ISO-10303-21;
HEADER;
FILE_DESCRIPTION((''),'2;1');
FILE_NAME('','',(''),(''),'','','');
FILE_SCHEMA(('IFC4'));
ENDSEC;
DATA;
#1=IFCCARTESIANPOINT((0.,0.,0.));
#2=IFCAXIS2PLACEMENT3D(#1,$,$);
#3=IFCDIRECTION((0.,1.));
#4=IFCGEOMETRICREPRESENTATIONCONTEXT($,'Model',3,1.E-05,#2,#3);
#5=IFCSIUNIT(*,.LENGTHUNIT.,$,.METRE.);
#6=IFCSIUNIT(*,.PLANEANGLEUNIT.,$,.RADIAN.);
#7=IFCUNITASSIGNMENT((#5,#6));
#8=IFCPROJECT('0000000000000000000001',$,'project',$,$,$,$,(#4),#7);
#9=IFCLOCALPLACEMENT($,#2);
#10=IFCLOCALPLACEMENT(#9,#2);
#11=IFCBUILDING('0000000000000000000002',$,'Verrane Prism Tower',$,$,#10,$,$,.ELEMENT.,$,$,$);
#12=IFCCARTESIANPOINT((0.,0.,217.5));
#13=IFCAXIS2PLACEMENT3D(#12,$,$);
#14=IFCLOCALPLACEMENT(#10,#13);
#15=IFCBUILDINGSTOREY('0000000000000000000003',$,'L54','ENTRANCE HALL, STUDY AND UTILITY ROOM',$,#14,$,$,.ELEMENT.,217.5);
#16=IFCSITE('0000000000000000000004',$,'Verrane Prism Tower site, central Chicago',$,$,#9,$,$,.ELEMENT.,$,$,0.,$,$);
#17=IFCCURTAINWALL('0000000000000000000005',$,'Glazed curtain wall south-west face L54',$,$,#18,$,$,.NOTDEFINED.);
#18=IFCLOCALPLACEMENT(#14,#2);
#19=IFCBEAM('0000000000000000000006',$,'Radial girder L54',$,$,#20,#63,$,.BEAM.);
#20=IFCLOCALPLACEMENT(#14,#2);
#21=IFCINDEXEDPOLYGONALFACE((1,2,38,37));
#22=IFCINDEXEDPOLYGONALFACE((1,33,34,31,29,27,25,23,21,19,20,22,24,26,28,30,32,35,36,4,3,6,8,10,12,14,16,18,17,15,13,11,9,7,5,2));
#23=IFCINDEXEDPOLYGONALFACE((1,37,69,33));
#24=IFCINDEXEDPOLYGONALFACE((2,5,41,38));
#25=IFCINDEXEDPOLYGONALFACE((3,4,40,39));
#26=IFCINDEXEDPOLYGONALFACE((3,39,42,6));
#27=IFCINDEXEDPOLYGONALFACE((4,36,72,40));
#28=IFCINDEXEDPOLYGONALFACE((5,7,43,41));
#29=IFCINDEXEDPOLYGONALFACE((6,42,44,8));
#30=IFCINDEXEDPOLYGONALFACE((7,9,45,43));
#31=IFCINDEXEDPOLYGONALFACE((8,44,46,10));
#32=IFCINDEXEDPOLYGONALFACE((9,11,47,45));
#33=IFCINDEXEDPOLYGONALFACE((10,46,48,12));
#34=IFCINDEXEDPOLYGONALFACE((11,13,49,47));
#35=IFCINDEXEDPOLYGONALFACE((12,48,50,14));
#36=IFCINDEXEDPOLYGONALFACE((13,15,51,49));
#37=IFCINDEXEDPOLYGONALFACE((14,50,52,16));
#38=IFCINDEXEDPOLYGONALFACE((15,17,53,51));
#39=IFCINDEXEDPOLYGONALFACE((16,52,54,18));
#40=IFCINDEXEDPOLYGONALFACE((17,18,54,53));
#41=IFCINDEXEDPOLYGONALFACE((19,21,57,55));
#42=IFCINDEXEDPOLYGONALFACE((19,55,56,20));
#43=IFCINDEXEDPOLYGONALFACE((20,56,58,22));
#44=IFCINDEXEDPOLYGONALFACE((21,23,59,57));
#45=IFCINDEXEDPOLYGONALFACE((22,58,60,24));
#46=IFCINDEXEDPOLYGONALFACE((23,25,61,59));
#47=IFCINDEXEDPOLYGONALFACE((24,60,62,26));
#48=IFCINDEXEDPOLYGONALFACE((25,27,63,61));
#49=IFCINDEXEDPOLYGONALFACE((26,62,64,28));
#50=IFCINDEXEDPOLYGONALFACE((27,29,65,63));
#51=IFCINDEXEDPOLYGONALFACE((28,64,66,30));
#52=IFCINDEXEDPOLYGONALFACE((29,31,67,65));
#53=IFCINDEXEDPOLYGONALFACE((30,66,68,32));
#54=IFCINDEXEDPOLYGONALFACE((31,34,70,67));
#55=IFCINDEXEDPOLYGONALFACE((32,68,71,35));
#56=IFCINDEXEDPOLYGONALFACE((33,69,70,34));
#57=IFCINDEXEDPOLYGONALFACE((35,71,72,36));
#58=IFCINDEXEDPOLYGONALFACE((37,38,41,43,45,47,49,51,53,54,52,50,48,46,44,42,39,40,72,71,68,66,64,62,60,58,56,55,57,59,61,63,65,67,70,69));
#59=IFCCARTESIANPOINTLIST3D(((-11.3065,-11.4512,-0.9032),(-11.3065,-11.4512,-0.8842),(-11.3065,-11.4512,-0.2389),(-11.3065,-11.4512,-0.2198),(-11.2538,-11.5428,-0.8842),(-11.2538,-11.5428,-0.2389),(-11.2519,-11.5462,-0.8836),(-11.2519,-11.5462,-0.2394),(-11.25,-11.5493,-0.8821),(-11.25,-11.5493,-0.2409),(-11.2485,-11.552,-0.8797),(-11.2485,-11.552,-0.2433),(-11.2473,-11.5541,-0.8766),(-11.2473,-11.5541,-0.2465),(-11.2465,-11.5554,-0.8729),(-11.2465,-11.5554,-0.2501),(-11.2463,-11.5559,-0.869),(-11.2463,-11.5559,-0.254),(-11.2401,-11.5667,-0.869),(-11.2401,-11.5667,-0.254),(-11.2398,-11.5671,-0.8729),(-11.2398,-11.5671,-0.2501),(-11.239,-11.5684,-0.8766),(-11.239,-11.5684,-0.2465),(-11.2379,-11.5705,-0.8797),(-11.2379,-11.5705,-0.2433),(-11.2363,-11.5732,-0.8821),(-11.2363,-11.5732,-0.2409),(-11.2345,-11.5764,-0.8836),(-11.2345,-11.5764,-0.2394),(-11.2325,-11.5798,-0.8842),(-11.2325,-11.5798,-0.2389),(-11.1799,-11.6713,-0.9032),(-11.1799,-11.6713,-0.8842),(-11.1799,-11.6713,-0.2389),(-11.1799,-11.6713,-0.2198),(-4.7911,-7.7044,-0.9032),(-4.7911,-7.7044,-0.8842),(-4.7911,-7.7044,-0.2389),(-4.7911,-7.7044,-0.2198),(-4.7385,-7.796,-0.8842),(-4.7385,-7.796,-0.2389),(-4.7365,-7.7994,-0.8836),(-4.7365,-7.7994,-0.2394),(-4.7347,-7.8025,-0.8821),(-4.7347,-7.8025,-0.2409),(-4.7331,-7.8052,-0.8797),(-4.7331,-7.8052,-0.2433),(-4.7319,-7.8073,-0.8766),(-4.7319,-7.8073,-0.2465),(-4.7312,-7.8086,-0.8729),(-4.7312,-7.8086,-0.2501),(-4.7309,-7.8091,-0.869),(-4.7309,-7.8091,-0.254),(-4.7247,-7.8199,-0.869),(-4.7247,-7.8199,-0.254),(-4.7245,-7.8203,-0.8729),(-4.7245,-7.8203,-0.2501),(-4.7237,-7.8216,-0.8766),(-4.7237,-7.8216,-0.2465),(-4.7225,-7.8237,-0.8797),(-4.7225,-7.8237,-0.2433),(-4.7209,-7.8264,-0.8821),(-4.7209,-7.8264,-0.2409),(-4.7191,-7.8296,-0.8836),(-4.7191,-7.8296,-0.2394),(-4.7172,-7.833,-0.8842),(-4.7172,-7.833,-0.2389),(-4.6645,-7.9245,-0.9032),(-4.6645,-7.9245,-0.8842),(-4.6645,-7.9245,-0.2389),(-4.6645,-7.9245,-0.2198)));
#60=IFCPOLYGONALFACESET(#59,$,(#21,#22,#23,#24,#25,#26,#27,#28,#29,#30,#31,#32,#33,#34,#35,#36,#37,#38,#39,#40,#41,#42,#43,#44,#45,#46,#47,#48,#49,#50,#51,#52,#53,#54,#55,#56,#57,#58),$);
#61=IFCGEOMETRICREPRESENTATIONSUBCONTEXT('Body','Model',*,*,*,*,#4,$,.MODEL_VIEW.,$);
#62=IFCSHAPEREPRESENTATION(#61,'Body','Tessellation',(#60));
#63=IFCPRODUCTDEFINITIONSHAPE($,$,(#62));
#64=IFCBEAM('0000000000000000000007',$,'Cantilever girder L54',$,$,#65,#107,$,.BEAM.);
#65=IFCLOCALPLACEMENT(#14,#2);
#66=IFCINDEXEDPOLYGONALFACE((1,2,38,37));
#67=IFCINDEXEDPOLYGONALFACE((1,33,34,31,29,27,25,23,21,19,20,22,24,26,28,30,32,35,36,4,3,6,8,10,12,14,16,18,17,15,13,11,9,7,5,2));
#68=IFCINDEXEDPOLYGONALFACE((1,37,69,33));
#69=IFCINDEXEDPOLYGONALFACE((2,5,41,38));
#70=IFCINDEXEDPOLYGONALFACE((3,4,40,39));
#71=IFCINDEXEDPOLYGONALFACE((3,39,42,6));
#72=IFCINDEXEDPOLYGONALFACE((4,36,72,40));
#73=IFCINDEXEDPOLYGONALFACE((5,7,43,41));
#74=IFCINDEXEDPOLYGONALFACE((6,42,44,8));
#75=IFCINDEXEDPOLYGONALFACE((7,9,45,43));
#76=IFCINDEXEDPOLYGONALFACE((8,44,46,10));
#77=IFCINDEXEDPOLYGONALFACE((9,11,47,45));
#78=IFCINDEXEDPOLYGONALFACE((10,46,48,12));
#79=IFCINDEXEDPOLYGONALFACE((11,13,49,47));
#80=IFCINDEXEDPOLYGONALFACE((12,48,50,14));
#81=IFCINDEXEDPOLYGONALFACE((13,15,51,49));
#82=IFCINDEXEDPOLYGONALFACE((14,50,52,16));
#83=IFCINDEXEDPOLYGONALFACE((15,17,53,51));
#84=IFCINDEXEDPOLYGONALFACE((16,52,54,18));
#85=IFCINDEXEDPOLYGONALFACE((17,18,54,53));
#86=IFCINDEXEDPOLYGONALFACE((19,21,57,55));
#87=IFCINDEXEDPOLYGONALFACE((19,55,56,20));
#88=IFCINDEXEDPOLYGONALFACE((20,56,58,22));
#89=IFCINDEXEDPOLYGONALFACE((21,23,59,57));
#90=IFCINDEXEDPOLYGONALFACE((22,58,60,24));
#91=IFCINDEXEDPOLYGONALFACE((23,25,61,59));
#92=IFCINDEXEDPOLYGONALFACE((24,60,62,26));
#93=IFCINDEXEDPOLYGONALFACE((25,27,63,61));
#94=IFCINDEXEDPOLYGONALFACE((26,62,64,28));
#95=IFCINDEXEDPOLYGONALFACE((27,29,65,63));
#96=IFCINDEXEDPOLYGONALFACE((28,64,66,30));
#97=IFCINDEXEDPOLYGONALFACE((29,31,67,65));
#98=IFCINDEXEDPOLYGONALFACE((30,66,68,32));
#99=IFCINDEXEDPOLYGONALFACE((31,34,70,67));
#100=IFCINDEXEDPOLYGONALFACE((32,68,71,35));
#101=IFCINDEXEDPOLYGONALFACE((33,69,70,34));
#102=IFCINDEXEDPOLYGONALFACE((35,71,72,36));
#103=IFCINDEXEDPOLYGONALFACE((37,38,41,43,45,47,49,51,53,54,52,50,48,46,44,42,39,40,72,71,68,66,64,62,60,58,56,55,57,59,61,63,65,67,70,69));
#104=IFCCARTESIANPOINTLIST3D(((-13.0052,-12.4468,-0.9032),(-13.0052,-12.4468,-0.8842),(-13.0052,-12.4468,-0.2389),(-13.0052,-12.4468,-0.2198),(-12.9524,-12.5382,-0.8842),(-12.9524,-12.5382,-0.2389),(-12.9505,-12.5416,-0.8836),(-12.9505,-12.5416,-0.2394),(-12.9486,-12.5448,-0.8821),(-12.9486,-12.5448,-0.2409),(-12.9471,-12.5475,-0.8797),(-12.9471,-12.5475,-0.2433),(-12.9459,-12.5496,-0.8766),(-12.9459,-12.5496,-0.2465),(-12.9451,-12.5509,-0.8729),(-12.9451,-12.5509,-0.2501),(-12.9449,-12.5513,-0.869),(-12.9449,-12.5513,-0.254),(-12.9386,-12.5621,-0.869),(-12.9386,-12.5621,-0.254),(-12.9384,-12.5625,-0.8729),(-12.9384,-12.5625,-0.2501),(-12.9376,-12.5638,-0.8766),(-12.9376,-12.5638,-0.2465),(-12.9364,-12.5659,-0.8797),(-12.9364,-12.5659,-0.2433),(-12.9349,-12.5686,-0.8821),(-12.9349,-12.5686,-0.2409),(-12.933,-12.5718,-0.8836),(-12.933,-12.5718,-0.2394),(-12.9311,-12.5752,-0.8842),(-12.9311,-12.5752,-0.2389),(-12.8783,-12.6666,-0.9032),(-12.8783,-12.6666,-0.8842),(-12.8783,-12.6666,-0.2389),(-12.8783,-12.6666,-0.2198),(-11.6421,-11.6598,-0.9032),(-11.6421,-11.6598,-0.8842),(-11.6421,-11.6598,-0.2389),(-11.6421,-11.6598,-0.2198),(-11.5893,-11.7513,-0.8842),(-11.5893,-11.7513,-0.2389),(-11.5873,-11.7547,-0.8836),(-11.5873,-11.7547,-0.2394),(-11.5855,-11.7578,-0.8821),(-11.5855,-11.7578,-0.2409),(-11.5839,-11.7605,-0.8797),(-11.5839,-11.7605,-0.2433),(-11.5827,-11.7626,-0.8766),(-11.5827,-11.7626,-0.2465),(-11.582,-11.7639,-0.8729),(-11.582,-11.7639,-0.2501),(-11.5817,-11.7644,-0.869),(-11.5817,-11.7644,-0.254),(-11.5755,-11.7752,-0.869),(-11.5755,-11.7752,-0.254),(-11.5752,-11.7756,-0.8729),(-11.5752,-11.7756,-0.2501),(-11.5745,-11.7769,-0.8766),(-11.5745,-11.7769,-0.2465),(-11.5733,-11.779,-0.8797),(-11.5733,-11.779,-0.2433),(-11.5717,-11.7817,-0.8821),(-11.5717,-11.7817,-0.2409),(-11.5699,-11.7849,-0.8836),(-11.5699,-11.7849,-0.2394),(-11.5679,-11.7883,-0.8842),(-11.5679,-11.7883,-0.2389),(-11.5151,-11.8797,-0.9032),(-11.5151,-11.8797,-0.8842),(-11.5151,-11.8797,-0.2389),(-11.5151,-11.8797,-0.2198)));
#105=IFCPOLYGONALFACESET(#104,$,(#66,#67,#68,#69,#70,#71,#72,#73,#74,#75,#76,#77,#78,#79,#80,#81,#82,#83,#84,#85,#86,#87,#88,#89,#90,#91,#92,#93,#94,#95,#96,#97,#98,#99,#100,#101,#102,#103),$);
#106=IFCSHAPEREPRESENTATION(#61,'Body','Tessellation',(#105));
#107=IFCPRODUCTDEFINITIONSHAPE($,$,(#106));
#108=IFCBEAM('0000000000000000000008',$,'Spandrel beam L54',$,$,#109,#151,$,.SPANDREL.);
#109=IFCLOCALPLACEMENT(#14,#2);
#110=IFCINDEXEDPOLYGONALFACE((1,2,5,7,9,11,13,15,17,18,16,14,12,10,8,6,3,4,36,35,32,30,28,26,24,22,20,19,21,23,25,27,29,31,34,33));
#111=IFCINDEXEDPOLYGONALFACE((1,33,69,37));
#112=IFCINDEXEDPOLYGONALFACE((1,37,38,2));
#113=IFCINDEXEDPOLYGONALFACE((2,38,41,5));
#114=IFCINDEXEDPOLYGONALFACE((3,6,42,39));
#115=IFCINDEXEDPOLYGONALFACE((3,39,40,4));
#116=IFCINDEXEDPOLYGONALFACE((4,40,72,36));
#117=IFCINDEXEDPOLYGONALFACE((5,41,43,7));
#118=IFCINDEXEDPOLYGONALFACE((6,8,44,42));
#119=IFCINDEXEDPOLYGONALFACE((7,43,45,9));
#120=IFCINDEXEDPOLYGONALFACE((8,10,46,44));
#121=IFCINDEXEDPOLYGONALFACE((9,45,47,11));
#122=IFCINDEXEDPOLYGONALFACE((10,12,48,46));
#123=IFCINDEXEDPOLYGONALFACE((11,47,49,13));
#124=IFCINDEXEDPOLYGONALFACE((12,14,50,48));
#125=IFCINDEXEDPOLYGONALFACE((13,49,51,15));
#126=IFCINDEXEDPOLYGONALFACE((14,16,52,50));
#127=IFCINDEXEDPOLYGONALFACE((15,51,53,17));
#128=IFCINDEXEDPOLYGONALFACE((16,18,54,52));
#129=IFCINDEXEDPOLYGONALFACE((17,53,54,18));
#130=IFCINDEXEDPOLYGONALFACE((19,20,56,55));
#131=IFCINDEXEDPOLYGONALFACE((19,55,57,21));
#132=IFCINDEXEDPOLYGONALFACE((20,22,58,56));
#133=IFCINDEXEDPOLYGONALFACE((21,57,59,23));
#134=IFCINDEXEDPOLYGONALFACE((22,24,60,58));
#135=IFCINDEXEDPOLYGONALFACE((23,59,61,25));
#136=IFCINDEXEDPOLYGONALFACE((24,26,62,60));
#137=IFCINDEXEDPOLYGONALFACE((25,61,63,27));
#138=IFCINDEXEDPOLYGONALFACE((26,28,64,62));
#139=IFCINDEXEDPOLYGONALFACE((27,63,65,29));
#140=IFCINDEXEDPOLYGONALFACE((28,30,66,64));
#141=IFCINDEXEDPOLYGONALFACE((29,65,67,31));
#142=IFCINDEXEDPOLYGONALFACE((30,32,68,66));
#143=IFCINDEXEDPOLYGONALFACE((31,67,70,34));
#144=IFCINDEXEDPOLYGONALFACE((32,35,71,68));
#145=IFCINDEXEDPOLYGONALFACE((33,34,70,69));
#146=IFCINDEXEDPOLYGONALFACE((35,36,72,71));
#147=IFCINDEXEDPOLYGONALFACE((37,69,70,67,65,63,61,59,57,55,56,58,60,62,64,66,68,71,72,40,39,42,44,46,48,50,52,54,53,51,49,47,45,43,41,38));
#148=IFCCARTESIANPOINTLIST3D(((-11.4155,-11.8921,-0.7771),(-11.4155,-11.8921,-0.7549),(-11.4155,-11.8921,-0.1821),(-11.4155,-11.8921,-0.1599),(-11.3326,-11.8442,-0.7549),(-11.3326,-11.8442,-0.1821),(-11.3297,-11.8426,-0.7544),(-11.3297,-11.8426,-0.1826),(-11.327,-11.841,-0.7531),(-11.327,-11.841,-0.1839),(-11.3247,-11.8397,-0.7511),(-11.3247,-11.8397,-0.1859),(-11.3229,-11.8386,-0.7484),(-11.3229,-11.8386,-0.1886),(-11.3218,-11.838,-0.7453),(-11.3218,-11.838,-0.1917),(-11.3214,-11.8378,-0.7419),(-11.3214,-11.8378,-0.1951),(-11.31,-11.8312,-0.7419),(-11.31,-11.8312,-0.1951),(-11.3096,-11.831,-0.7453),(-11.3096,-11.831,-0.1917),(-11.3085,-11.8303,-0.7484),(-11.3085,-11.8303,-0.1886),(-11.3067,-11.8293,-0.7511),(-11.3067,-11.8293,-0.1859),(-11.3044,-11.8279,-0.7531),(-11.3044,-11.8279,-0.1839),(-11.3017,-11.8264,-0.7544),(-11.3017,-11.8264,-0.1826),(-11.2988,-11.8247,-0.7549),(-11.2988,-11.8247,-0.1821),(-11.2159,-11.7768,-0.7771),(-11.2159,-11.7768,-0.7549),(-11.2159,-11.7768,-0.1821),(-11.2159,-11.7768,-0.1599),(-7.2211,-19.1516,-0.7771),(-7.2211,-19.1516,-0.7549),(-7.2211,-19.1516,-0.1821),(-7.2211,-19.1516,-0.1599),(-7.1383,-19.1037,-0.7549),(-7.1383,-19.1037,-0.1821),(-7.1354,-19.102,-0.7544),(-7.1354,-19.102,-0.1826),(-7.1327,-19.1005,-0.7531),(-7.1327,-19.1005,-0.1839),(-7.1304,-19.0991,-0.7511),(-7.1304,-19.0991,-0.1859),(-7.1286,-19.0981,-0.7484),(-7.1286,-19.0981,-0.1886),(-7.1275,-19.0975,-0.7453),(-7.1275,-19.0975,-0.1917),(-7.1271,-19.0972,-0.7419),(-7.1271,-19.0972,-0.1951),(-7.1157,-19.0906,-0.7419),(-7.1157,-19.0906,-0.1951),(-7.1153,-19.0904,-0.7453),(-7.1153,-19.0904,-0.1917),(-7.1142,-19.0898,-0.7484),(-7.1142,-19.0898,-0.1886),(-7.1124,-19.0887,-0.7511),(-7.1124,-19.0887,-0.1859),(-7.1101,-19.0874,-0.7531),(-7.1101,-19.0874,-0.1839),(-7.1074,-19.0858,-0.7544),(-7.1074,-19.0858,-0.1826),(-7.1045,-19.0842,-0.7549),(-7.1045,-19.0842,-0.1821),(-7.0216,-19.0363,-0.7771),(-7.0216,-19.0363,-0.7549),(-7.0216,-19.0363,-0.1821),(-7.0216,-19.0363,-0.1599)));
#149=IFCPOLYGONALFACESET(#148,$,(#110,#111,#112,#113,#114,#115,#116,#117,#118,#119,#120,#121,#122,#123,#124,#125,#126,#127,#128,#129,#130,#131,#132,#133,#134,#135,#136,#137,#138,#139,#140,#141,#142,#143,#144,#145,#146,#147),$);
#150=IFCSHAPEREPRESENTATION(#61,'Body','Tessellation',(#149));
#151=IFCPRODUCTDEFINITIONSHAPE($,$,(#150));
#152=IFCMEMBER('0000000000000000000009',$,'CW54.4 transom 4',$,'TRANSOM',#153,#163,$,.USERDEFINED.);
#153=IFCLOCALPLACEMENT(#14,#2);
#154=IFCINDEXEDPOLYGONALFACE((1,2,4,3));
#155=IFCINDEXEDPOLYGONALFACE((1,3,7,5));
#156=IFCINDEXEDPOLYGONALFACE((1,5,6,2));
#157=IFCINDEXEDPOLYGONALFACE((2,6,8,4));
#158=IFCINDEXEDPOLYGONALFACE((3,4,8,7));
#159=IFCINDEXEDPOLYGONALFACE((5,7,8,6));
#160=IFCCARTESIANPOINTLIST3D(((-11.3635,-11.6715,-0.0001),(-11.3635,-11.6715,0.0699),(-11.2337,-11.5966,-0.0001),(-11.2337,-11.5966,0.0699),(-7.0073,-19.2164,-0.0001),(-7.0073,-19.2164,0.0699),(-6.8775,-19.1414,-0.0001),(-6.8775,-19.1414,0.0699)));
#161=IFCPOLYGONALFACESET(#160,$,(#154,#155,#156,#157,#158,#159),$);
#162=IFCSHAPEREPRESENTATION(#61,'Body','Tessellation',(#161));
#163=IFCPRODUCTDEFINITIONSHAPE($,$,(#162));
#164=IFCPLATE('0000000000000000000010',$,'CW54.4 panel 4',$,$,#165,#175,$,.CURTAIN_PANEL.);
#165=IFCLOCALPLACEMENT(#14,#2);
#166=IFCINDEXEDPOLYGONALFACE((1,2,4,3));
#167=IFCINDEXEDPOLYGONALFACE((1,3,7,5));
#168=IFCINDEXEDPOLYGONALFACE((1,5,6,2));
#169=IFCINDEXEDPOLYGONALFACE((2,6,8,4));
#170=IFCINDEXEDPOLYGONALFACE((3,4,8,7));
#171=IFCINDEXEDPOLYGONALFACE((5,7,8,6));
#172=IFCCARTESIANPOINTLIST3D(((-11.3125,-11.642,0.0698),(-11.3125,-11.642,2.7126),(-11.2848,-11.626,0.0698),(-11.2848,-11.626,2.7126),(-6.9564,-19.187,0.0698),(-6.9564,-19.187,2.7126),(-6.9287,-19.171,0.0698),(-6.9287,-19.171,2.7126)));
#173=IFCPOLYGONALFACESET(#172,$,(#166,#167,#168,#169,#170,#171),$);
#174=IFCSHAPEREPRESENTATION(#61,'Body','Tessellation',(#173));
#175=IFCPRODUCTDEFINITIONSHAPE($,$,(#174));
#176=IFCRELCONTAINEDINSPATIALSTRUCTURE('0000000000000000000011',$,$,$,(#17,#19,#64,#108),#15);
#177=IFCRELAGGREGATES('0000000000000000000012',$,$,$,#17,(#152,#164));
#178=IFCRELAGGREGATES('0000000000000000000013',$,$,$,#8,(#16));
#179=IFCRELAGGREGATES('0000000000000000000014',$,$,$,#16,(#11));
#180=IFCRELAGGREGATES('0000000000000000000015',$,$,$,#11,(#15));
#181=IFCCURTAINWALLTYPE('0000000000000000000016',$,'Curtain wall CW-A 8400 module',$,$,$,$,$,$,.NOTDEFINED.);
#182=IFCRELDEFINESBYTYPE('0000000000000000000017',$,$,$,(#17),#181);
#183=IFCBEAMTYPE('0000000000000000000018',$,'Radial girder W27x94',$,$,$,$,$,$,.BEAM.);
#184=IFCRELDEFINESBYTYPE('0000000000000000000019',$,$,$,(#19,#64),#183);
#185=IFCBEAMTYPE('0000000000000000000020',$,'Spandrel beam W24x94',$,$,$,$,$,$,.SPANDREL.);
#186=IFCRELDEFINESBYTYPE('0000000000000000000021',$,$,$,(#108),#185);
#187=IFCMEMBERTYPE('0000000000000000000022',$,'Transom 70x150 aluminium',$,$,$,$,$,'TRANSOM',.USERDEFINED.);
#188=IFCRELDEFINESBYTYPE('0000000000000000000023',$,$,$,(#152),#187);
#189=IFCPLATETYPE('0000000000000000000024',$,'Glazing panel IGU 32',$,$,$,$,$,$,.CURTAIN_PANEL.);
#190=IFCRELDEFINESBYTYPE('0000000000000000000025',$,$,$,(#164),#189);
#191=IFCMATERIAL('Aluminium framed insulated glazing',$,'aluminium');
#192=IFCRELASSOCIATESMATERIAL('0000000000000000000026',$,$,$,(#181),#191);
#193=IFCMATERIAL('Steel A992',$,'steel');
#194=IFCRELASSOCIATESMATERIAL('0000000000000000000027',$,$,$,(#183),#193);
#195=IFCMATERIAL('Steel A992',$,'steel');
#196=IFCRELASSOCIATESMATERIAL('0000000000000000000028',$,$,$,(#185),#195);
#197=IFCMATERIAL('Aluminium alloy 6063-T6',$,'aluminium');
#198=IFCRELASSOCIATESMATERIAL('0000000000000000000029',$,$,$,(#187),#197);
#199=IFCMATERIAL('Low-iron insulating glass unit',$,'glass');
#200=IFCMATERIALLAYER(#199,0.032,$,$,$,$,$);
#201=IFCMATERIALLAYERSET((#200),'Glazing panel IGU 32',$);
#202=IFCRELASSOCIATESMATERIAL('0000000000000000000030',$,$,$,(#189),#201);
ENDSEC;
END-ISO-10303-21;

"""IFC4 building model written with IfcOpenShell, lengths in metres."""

from ifc_helpers import new_model, si_unit, direction, frame, origin, origin_2d, place, context, subcontext, project, spatial, rectangle, i_section, extrude, material, layer, layer_set, material_profile, profile_set, type_object, element, aggregate, save


model = new_model("IFC4")

# Units and contexts
model_context = context("Model", 3, precision=1e-05, world=origin(), true_north=direction((0.0, 1.0)))
body_context = subcontext(model_context, "Body", "Model", "MODEL_VIEW")
ifc_project = project(units=[si_unit("LENGTHUNIT", "METRE"), si_unit("PLANEANGLEUNIT", "RADIAN")], contexts=[model_context])

# Site, building, storey
site_placement = place(None, origin())
site = spatial("IfcSite", under=ifc_project, at=site_placement, Name="Verrane Prism Tower site, central Chicago", CompositionType="ELEMENT", RefElevation=0.0)
building_placement = place(site_placement, origin())
building = spatial("IfcBuilding", under=site, at=building_placement, Name="Verrane Prism Tower", CompositionType="ELEMENT")
storey_placement = place(building_placement, frame((0.0, 0.0, 217.5)))
storey = spatial("IfcBuildingStorey", under=building, at=storey_placement, Name="L54", Description="ENTRANCE HALL, STUDY AND UTILITY ROOM", CompositionType="ELEMENT", Elevation=217.5)

# Curtain wall
ifc_material_1 = material(Name="Aluminium framed insulated glazing", Category="aluminium")
curtain_wall_type = type_object("IfcCurtainWallType", Name="Curtain wall CW-A 8400 module", PredefinedType="NOTDEFINED", material=ifc_material_1)
curtain_wall_placement = place(storey_placement, origin())
curtain_wall = element("IfcCurtainWall", 1, at=curtain_wall_placement, inside=storey, type_object=curtain_wall_type, Name="Glazed curtain wall south-west face L54", PredefinedType="NOTDEFINED")

# Beams
ifc_material_2 = material(Name="Steel A992", Category="steel")
ifc_material_profile_1 = material_profile(ifc_material_2, i_section(OverallWidth=0.2539, OverallDepth=0.6833, WebThickness=0.0125, FlangeThickness=0.019, FilletRadius=0.0151, at=origin_2d()), Name="W27x94")
ifc_profile_set_1 = profile_set([ifc_material_profile_1], Name="Steel A992")
beam_type_1 = type_object("IfcBeamType", Name="Radial girder W27x94", PredefinedType="BEAM", material=ifc_profile_set_1)
beam_1_placement = place(storey_placement, frame((-11.2432, -11.5613, -0.5615), z_axis=(0.866879, 0.498519, 0.0), x_axis=(-0.498519, 0.866879, 0.0)))
element("IfcBeam", 2, at=beam_1_placement, inside=storey, type_object=beam_type_1, Name="Radial girder L54", PredefinedType="BEAM", context=body_context, shape_type="SweptSolid", body=[
    extrude(i_section(OverallWidth=0.2539, OverallDepth=0.6833, WebThickness=0.0125, FlangeThickness=0.019, FilletRadius=0.0151, at=origin_2d()), origin(), (0.0, 0.0, 1.0), 7.5159),
])
beam_2_placement = place(storey_placement, frame((-11.5786, -11.7698, -0.5615), z_axis=(-0.866049, -0.49996, 0.0), x_axis=(0.49996, -0.866049, 0.0)))
element("IfcBeam", 3, at=beam_2_placement, inside=storey, type_object=beam_type_1, Name="Cantilever girder L54", PredefinedType="BEAM", context=body_context, shape_type="SweptSolid", body=[
    extrude(i_section(OverallWidth=0.2539, OverallDepth=0.6833, WebThickness=0.0125, FlangeThickness=0.019, FilletRadius=0.0151, at=origin_2d()), origin(), (0.0, 0.0, 1.0), 1.574),
])
ifc_material_3 = material(Name="Steel A992", Category="steel")
ifc_material_profile_2 = material_profile(ifc_material_3, i_section(OverallWidth=0.2305, OverallDepth=0.6172, WebThickness=0.0132, FlangeThickness=0.0222, FilletRadius=0.0129, at=origin_2d()), Name="W24x94")
ifc_profile_set_2 = profile_set([ifc_material_profile_2], Name="Steel A992")
beam_type_2 = type_object("IfcBeamType", Name="Spandrel beam W24x94", PredefinedType="SPANDREL", material=ifc_profile_set_2)
beam_3_placement = place(storey_placement, frame((-11.3157, -11.8345, -0.4685), z_axis=(0.500273, -0.865868, 0.0), x_axis=(0.865868, 0.500273, 0.0)))
element("IfcBeam", 4, at=beam_3_placement, inside=storey, type_object=beam_type_2, Name="Spandrel beam L54", PredefinedType="SPANDREL", context=body_context, shape_type="SweptSolid", body=[
    extrude(i_section(OverallWidth=0.2305, OverallDepth=0.6172, WebThickness=0.0132, FlangeThickness=0.0222, FilletRadius=0.0129, at=origin_2d()), origin(), (0.0, 0.0, 1.0), 8.384),
])

# Member
ifc_material_4 = material(Name="Aluminium alloy 6063-T6", Category="aluminium")
ifc_material_profile_3 = material_profile(ifc_material_4, rectangle(XDim=0.1499, YDim=0.0701, at=origin_2d()), Name="Transom 70x150 aluminium")
ifc_profile_set_3 = profile_set([ifc_material_profile_3], Name="Aluminium alloy 6063-T6")
member_type_1 = type_object("IfcMemberType", Name="Transom 70x150 aluminium", ElementType="TRANSOM", PredefinedType="USERDEFINED", material=ifc_profile_set_3)
member_1_placement = place(storey_placement, frame((-11.2986, -11.634, 0.0349), z_axis=(0.500012, -0.866019, 0.0), x_axis=(0.866019, 0.500012, 0.0)))
member_1 = element("IfcMember", 5, at=member_1_placement, type_object=member_type_1, Name="CW54.4 transom 4", ObjectType="TRANSOM", PredefinedType="USERDEFINED", context=body_context, shape_type="SweptSolid", body=[
    extrude(rectangle(XDim=0.1499, YDim=0.0701, at=origin_2d()), origin(), (0.0, 0.0, 1.0), 8.7122),
])

# Plate
ifc_material_5 = material(Name="Low-iron insulating glass unit", Category="glass")
ifc_layer_1 = layer(ifc_material_5, 0.032)
ifc_layer_set_1 = layer_set([ifc_layer_1], Name="Glazing panel IGU 32")
plate_type = type_object("IfcPlateType", Name="Glazing panel IGU 32", PredefinedType="CURTAIN_PANEL", material=ifc_layer_set_1)
plate_placement = place(storey_placement, frame((-9.1206, -15.4065, 0.0698), z_axis=(0.0, 0.0, 1.0), x_axis=(0.500001, -0.866025, 0.0)))
plate = element("IfcPlate", 6, at=plate_placement, type_object=plate_type, Name="CW54.4 panel 4", PredefinedType="CURTAIN_PANEL", context=body_context, shape_type="SweptSolid", body=[
    extrude(rectangle(XDim=8.7122, YDim=0.032, at=origin_2d()), origin(), (0.0, 0.0, 1.0), 2.6428),
])
aggregate(curtain_wall, [member_1, plate])

save(model, "model.ifc")
